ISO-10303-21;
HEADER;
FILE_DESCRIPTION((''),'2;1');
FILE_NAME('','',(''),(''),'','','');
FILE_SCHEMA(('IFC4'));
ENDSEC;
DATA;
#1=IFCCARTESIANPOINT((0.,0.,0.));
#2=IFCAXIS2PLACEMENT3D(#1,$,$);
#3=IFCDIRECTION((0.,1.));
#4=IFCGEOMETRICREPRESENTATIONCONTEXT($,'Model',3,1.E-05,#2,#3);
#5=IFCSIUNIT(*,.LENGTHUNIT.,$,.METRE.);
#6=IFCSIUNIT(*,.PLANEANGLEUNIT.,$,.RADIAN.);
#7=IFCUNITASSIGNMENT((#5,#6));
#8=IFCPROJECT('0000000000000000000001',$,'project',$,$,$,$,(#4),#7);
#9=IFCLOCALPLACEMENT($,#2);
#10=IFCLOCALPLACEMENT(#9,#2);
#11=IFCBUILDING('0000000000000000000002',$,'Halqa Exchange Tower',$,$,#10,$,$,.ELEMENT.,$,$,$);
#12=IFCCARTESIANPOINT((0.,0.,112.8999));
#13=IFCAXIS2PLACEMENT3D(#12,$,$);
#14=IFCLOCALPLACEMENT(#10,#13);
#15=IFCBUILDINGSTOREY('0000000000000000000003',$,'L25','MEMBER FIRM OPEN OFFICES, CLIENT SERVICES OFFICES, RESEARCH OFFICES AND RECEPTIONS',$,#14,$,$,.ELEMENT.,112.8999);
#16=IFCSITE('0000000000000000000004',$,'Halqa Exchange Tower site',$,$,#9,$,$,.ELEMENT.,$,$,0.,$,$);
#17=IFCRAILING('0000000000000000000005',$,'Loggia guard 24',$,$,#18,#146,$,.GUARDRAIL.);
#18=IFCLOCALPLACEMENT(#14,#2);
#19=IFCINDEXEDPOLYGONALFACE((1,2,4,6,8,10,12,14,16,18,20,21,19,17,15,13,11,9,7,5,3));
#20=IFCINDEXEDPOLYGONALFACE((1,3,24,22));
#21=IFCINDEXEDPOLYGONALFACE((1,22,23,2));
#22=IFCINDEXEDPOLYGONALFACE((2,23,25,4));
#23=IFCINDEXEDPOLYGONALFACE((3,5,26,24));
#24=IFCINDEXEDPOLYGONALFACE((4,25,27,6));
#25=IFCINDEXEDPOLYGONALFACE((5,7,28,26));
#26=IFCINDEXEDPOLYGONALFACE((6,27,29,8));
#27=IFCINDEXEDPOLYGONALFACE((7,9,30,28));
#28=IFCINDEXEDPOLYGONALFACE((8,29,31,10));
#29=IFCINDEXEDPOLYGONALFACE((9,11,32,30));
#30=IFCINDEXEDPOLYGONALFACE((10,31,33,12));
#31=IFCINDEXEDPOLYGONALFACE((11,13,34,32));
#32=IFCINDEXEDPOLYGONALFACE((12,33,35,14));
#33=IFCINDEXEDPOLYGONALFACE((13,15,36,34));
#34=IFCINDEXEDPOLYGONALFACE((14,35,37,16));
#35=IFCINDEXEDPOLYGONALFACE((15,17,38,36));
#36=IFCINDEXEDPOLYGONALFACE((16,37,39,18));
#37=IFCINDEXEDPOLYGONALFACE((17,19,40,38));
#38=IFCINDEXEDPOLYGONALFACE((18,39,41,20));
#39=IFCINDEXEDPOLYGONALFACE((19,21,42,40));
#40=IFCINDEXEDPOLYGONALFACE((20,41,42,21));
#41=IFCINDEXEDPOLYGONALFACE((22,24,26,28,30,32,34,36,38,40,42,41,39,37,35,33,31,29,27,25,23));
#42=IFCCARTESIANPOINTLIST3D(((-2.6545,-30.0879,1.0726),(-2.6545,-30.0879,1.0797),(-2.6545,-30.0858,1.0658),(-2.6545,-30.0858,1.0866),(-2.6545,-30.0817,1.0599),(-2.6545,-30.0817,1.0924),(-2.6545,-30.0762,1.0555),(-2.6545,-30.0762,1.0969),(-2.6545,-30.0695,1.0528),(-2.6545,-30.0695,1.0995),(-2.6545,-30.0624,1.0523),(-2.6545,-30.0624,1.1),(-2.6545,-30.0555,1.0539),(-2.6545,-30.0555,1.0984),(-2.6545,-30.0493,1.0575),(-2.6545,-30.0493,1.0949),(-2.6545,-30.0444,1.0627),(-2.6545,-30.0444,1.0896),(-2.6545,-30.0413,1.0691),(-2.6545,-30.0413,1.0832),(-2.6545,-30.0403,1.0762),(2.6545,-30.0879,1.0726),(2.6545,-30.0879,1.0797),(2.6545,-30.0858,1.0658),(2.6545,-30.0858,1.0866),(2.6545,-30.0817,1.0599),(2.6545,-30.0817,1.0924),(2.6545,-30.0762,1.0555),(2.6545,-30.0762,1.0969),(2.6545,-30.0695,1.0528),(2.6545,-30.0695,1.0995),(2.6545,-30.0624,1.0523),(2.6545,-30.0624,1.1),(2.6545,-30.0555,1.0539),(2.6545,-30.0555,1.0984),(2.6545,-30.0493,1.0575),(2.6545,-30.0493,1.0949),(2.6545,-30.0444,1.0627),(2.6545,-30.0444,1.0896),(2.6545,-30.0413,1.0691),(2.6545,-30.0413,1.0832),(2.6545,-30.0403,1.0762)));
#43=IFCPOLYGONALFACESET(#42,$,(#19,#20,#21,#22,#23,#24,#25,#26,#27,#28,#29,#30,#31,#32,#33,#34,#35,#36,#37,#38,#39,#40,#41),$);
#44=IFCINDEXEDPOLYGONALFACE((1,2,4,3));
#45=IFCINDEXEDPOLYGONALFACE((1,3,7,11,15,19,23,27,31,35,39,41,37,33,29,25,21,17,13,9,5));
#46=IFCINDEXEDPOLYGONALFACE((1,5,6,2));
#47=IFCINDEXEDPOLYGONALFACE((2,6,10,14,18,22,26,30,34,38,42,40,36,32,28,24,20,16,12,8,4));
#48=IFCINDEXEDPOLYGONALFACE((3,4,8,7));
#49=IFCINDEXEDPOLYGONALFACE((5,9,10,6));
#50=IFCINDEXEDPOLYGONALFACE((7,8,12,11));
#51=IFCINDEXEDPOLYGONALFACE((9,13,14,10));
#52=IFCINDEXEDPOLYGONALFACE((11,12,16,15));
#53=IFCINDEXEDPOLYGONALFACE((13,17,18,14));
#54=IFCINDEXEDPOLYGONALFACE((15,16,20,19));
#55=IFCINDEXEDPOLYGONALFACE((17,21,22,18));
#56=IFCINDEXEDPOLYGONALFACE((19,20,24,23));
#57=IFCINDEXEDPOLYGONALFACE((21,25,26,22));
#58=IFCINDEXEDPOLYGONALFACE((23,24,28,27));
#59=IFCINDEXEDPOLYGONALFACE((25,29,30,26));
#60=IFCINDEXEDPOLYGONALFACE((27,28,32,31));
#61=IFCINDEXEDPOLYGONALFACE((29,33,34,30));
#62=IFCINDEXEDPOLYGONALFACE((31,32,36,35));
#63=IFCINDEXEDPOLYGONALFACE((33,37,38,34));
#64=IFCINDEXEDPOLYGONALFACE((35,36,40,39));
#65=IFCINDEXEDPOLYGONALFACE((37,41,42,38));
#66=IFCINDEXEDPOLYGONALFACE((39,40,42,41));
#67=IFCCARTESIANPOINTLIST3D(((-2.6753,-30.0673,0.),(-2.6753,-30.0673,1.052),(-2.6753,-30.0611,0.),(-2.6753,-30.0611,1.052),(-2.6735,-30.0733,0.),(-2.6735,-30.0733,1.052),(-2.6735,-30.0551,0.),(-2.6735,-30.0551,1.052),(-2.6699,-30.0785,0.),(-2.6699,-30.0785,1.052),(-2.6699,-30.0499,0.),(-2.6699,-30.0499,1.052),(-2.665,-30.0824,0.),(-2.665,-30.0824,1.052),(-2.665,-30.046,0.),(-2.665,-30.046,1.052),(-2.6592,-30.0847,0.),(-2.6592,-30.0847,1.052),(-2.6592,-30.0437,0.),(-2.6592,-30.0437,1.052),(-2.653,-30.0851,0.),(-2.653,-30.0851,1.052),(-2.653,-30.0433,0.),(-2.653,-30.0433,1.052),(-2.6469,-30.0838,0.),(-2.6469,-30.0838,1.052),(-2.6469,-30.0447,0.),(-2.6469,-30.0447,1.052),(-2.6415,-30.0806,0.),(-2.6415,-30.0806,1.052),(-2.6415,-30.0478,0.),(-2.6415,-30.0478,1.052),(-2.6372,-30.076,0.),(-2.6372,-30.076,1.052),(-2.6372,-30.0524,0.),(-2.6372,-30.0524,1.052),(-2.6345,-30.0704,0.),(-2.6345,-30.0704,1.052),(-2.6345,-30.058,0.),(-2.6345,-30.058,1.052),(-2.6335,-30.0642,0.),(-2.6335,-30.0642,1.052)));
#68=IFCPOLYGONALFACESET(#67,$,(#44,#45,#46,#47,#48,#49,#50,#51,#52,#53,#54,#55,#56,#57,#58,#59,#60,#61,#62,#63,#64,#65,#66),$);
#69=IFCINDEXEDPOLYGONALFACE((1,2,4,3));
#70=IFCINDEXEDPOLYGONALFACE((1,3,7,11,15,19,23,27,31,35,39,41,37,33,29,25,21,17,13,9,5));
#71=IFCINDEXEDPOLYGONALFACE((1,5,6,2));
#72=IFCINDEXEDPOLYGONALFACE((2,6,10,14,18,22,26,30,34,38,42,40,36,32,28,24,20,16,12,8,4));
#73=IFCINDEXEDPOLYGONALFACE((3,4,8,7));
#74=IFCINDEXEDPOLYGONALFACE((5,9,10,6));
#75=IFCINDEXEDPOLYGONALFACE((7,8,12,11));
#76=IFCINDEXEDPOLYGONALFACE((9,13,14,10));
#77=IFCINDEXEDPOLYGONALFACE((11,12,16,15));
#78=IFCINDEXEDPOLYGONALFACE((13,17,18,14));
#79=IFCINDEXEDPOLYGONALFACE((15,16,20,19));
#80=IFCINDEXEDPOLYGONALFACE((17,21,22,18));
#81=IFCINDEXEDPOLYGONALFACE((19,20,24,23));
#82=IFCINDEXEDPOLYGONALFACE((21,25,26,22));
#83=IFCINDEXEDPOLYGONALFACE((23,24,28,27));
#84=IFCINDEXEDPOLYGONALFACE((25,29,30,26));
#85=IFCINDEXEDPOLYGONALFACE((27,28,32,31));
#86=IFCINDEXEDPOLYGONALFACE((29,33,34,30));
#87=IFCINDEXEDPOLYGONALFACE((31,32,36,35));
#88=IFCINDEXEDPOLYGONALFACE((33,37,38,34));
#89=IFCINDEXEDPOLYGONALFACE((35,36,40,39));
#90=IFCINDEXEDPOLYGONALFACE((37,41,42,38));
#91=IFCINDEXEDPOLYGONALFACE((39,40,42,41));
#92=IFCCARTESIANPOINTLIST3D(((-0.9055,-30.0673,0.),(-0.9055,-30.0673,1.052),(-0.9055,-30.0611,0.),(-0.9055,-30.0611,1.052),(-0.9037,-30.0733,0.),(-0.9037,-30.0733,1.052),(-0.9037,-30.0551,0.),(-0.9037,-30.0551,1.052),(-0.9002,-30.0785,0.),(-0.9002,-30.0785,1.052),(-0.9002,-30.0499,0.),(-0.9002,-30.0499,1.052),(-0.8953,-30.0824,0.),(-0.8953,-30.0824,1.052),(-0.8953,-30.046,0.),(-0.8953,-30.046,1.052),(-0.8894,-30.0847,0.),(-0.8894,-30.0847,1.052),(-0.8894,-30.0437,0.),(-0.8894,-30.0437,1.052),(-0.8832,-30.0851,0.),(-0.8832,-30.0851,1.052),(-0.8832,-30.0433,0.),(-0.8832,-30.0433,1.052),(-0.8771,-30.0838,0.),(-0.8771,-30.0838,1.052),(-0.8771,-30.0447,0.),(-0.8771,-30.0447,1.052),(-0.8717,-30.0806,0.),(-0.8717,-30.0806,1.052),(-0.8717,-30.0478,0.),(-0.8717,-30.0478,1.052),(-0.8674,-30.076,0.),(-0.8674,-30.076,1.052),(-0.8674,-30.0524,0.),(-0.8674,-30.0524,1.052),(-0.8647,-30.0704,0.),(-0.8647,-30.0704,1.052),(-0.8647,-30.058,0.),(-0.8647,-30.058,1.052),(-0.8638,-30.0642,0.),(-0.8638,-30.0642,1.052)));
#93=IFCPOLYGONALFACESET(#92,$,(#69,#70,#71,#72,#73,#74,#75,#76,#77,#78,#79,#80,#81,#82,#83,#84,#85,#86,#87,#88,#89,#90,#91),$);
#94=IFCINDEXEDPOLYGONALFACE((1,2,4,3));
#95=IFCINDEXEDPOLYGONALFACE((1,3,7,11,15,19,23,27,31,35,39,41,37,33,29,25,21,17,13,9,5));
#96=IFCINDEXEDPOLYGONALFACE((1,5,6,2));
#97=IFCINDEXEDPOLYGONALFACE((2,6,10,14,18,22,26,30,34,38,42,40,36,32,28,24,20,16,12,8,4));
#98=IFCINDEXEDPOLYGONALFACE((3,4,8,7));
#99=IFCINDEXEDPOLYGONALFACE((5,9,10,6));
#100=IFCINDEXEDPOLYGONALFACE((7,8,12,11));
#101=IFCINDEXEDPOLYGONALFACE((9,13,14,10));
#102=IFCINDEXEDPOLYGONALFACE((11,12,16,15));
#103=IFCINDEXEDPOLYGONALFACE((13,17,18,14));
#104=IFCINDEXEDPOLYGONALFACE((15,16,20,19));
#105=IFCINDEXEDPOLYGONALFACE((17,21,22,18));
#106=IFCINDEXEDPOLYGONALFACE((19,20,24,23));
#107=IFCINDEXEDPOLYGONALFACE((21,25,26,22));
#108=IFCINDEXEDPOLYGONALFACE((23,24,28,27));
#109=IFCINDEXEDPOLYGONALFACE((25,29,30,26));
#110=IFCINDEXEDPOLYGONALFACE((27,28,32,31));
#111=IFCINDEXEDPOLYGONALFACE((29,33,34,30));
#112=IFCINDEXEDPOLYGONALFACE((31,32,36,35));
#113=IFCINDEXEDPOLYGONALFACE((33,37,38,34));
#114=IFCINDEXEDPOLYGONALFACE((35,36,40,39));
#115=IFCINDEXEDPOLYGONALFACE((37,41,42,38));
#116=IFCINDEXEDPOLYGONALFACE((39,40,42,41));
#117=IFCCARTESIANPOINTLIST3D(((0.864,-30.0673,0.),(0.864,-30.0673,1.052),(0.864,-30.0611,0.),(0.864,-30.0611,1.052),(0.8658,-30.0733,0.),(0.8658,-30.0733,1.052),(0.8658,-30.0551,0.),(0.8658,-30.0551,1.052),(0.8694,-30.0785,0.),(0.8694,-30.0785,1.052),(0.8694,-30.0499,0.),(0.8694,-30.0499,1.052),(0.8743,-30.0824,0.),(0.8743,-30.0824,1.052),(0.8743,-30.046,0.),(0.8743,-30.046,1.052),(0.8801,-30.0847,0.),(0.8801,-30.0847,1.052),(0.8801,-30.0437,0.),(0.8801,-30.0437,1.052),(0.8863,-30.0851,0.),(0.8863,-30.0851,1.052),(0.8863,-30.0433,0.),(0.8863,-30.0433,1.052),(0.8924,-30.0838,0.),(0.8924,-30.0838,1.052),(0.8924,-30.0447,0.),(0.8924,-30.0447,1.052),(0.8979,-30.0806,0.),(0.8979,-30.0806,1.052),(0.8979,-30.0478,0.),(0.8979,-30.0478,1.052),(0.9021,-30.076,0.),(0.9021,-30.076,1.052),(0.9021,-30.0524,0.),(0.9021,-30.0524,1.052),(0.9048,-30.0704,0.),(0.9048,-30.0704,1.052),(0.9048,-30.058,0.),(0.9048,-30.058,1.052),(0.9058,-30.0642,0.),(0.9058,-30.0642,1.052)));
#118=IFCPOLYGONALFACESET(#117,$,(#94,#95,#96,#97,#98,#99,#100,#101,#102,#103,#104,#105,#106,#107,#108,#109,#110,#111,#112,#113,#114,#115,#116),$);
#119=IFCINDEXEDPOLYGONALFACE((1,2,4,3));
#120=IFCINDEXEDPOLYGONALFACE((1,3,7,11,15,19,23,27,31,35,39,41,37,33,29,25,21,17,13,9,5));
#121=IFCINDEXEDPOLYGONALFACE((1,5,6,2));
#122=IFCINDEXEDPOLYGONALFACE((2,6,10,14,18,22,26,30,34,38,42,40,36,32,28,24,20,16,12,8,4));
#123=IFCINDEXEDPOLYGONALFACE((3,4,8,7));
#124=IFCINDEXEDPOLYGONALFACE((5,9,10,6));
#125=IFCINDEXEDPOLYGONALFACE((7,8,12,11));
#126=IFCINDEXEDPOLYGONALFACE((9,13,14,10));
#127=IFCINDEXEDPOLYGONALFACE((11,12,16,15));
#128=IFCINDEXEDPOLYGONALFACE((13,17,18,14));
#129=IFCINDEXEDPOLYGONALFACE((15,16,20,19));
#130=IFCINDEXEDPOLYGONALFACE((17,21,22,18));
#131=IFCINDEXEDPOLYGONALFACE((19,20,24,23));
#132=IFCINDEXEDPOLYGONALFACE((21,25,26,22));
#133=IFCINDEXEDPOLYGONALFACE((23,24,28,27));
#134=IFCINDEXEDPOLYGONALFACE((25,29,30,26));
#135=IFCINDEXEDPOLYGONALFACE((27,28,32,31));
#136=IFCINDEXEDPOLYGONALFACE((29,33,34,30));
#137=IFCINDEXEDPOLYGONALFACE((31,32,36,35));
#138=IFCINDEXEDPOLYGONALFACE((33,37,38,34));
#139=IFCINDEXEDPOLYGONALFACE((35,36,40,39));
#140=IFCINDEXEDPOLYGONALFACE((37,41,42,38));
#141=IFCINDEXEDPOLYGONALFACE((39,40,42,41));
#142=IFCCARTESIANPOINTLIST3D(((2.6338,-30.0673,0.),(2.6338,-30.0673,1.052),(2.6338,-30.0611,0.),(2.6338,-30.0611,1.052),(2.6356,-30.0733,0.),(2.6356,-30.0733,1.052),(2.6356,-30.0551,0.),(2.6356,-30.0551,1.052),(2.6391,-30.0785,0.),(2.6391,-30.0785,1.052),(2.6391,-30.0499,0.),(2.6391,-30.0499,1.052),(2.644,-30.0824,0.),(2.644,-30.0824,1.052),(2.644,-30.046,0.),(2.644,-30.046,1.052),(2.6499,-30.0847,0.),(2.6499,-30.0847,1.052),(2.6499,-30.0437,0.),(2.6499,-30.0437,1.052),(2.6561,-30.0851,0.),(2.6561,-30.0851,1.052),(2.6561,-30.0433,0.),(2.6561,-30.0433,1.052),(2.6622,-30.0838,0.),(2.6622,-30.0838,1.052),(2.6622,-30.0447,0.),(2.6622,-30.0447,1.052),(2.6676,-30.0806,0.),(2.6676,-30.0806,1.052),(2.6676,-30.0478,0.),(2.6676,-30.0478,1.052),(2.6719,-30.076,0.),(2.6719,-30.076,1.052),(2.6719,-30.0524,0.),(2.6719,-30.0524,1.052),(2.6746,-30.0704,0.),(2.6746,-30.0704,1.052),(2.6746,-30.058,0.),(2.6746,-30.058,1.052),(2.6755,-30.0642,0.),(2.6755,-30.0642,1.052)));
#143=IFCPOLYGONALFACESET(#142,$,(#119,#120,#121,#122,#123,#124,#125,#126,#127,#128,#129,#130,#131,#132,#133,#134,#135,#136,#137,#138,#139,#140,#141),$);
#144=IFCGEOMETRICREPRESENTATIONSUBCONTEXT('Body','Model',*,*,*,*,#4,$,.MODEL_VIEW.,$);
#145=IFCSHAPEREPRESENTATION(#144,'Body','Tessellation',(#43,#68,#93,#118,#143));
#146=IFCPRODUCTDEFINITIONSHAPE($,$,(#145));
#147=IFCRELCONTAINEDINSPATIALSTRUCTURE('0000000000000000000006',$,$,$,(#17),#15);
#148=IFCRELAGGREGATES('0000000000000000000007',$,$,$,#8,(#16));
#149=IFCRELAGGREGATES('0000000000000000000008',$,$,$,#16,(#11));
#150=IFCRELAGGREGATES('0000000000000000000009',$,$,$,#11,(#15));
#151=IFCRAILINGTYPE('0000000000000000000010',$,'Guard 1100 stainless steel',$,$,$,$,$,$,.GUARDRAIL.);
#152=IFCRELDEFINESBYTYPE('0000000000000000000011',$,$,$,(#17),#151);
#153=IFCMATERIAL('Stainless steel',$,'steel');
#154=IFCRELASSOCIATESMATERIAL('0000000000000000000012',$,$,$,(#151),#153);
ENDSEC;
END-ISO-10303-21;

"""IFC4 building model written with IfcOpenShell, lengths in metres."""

from ifc_helpers import new_model, si_unit, direction, frame, origin, origin_2d, place, context, subcontext, project, spatial, circle, extrude, material, type_object, element, save


model = new_model("IFC4")

# Units and contexts
model_context = context("Model", 3, precision=1e-05, world=origin(), true_north=direction((0.0, 1.0)))
body_context = subcontext(model_context, "Body", "Model", "MODEL_VIEW")
ifc_project = project(units=[si_unit("LENGTHUNIT", "METRE"), si_unit("PLANEANGLEUNIT", "RADIAN")], contexts=[model_context])

# Site, building, storey
site_placement = place(None, origin())
site = spatial("IfcSite", under=ifc_project, at=site_placement, Name="Halqa Exchange Tower site", CompositionType="ELEMENT", RefElevation=0.0)
building_placement = place(site_placement, origin())
building = spatial("IfcBuilding", under=site, at=building_placement, Name="Halqa Exchange Tower", CompositionType="ELEMENT")
storey_placement = place(building_placement, frame((0.0, 0.0, 112.8999)))
storey = spatial("IfcBuildingStorey", under=building, at=storey_placement, Name="L25", Description="MEMBER FIRM OPEN OFFICES, CLIENT SERVICES OFFICES, RESEARCH OFFICES AND RECEPTIONS", CompositionType="ELEMENT", Elevation=112.8999)

# Railing
ifc_material_1 = material(Name="Stainless steel", Category="steel")
railing_type = type_object("IfcRailingType", Name="Guard 1100 stainless steel", PredefinedType="GUARDRAIL", material=ifc_material_1)
railing_1_placement = place(storey_placement, frame((-2.6545, -30.0642, 0.0)))
element("IfcRailing", 1, at=railing_1_placement, inside=storey, type_object=railing_type, Name="Loggia guard 24", PredefinedType="GUARDRAIL", context=body_context, shape_type="SweptSolid", body=[
    extrude(circle(Radius=0.0239, at=origin_2d()), frame((0.0, 0.0, 1.0762), z_axis=(1.0, 0.0, 0.0), x_axis=(0.0, 1.0, 0.0)), (0.0, 0.0, 1.0), 5.3091),
    extrude(circle(Radius=0.021, at=origin_2d()), origin(), (0.0, 0.0, 1.0), 1.052),
    extrude(circle(Radius=0.021, at=origin_2d()), frame((1.7698, 0.0, 0.0)), (0.0, 0.0, 1.0), 1.052),
    extrude(circle(Radius=0.021, at=origin_2d()), frame((3.5393, 0.0, 0.0)), (0.0, 0.0, 1.0), 1.052),
    extrude(circle(Radius=0.021, at=origin_2d()), frame((5.3091, 0.0, 0.0)), (0.0, 0.0, 1.0), 1.052),
])

save(model, "model.ifc")
